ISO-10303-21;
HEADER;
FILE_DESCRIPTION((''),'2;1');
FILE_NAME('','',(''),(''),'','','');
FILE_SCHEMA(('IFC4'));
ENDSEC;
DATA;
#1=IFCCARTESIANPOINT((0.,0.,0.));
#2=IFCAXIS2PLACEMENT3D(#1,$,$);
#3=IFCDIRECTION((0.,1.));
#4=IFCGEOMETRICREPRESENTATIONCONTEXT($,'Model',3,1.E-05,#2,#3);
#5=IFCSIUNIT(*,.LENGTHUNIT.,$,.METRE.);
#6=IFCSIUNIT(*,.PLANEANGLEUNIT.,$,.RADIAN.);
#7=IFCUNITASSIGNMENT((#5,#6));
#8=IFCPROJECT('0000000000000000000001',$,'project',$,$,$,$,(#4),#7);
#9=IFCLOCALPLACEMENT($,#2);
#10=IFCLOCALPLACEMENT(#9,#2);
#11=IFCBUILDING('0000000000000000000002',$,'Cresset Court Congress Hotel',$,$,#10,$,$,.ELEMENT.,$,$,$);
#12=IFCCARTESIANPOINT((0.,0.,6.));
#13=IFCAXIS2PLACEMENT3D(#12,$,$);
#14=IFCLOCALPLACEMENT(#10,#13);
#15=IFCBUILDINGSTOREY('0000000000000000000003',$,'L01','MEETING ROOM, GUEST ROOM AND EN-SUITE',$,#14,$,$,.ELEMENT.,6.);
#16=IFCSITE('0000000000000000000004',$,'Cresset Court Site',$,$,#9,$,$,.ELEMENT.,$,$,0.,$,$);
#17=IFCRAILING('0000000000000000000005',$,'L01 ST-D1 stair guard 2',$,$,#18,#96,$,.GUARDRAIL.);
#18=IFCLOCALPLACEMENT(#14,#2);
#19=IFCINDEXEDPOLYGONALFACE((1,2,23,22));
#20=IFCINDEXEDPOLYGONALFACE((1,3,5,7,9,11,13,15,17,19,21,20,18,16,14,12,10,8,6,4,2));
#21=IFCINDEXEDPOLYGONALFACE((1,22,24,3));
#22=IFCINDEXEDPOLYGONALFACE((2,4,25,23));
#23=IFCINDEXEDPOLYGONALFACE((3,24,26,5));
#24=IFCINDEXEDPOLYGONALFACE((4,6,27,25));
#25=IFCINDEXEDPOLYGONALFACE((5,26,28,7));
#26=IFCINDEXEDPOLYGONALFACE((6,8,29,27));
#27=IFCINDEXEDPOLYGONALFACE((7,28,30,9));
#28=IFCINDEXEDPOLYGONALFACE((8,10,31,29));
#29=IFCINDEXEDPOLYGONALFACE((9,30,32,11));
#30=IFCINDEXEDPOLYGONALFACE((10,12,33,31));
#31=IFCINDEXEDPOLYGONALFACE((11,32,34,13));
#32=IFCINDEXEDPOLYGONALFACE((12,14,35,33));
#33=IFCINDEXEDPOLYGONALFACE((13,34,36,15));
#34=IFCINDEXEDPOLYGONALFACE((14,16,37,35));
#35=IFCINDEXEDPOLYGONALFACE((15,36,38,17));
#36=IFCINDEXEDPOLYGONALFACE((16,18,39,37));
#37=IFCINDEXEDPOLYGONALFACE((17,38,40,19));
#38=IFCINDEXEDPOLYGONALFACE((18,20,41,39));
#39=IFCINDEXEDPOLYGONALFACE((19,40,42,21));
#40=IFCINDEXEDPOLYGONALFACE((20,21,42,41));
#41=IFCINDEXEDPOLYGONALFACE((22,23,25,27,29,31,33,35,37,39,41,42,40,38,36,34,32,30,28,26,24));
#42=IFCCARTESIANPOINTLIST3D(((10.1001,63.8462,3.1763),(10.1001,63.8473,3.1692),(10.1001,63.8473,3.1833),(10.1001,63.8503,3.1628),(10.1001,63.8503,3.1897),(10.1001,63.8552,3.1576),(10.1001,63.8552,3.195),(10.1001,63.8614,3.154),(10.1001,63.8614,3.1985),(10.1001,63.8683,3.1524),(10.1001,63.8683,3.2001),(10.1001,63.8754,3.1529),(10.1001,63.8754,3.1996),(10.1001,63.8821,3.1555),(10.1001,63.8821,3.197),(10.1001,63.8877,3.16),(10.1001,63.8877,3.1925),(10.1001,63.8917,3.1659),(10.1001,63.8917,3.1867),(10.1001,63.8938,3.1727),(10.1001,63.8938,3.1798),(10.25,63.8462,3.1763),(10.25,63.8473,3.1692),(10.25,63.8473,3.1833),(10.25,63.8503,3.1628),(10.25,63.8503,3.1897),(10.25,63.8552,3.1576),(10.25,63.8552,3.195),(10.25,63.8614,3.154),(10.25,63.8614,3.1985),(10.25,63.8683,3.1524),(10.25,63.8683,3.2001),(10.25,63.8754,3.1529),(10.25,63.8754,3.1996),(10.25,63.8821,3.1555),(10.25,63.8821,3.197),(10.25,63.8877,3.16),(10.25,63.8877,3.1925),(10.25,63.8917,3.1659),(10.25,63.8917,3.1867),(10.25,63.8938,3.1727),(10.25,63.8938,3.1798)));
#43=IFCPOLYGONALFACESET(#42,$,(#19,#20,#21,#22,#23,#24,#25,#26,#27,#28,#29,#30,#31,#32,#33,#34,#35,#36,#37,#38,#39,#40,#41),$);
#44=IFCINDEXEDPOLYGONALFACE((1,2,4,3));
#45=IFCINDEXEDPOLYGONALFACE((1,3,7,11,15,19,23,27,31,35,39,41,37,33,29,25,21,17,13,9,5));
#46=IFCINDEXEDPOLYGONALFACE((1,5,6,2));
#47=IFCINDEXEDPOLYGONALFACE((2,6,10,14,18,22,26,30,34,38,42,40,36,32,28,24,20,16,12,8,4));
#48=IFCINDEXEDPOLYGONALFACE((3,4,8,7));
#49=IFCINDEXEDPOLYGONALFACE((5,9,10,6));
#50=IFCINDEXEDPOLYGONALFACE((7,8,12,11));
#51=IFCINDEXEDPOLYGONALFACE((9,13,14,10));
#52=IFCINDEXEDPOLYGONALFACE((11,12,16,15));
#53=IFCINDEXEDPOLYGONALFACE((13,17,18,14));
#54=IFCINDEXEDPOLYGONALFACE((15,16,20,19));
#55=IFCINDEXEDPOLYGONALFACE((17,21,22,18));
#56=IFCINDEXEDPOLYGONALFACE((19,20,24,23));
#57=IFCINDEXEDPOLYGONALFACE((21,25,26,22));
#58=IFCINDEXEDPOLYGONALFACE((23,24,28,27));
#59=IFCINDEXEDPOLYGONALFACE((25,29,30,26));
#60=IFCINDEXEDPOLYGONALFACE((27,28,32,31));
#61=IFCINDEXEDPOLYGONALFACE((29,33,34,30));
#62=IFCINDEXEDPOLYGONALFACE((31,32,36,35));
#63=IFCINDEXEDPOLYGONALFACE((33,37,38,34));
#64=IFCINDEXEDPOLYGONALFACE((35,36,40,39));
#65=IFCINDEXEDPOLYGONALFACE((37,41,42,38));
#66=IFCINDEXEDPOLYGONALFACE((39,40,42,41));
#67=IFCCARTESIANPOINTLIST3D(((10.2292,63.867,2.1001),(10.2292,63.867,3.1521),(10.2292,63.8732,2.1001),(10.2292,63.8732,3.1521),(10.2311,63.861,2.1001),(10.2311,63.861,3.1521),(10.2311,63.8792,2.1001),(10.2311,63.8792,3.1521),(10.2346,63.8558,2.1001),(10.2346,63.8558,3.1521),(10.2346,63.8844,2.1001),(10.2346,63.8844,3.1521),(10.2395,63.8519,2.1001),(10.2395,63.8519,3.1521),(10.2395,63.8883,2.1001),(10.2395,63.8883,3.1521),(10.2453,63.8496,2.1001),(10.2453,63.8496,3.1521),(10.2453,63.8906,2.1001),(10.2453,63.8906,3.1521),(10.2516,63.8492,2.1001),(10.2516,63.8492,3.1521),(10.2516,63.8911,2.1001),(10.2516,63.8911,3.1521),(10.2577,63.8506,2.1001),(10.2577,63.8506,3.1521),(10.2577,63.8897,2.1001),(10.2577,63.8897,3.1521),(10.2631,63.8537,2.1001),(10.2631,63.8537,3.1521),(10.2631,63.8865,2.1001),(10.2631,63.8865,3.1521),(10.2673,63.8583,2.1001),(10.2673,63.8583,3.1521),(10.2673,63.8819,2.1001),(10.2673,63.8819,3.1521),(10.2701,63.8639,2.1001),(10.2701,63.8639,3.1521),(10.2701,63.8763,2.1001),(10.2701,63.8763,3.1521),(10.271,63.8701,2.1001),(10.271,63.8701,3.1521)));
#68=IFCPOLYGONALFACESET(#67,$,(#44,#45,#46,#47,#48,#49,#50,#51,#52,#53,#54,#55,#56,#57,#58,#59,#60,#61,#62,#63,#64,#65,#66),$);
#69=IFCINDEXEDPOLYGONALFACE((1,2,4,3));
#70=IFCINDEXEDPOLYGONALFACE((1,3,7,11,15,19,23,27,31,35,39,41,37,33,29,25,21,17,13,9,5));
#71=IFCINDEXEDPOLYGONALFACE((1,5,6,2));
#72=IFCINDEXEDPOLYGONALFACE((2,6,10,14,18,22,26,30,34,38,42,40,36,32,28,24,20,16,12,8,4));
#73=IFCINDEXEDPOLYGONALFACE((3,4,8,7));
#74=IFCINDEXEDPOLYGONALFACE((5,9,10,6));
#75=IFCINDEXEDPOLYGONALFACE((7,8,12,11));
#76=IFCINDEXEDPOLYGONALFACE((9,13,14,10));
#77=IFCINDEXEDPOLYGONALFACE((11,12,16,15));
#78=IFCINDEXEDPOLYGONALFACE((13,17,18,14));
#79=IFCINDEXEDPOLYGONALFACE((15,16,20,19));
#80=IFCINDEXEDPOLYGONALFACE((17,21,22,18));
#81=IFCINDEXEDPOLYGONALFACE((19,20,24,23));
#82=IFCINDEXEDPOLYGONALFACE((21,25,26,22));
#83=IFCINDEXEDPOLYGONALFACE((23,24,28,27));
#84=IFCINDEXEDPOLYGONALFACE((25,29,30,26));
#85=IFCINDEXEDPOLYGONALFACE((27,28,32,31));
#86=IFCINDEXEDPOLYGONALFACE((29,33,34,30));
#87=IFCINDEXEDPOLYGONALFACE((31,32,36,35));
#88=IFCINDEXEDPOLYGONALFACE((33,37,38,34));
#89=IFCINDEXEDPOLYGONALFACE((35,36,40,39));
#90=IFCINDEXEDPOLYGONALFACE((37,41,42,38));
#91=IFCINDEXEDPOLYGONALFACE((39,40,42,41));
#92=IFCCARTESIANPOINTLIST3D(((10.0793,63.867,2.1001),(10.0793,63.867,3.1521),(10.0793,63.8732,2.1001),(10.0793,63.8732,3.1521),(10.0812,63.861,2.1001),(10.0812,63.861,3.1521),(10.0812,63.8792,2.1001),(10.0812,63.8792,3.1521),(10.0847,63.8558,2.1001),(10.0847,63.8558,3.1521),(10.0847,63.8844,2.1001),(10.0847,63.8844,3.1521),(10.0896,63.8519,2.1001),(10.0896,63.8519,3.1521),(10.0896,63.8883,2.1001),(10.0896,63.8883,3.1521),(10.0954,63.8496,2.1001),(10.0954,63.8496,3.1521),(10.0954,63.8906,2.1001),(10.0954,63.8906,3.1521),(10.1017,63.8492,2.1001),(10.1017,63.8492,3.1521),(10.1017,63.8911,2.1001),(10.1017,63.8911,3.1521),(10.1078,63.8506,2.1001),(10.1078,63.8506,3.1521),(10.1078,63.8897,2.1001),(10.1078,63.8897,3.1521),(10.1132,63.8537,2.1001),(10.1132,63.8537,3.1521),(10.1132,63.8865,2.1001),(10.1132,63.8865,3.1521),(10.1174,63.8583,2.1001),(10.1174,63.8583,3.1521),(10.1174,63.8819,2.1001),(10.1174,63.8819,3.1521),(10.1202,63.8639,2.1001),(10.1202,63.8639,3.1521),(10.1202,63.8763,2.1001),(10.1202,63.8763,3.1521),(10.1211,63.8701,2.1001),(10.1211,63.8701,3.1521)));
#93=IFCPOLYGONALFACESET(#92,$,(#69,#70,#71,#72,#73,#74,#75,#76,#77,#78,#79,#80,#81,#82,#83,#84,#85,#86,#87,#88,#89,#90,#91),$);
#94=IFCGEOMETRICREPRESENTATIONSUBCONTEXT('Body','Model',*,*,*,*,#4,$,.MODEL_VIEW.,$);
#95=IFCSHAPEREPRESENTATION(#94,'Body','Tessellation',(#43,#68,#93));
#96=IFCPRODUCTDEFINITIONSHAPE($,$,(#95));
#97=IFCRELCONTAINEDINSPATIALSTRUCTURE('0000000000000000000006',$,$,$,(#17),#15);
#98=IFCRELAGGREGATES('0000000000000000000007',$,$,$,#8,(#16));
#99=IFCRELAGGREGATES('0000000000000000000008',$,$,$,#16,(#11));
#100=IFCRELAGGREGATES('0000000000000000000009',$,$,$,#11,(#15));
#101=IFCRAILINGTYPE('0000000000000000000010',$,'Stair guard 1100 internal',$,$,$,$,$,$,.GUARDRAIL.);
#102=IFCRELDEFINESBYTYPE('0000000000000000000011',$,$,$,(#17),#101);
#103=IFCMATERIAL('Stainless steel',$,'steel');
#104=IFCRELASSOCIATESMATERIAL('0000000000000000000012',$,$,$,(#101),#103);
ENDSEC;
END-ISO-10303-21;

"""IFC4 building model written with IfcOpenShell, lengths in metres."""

from ifc_helpers import new_model, si_unit, direction, frame, origin, origin_2d, place, context, subcontext, project, spatial, circle, extrude, material, type_object, element, save


model = new_model("IFC4")

# Units and contexts
model_context = context("Model", 3, precision=1e-05, world=origin(), true_north=direction((0.0, 1.0)))
body_context = subcontext(model_context, "Body", "Model", "MODEL_VIEW")
ifc_project = project(units=[si_unit("LENGTHUNIT", "METRE"), si_unit("PLANEANGLEUNIT", "RADIAN")], contexts=[model_context])

# Site, building, storey
site_placement = place(None, origin())
site = spatial("IfcSite", under=ifc_project, at=site_placement, Name="Cresset Court Site", CompositionType="ELEMENT", RefElevation=0.0)
building_placement = place(site_placement, origin())
building = spatial("IfcBuilding", under=site, at=building_placement, Name="Cresset Court Congress Hotel", CompositionType="ELEMENT")
storey_placement = place(building_placement, frame((0.0, 0.0, 6.0)))
storey = spatial("IfcBuildingStorey", under=building, at=storey_placement, Name="L01", Description="MEETING ROOM, GUEST ROOM AND EN-SUITE", CompositionType="ELEMENT", Elevation=6.0)

# Railing
ifc_material_1 = material(Name="Stainless steel", Category="steel")
railing_type_1 = type_object("IfcRailingType", Name="Stair guard 1100 internal", PredefinedType="GUARDRAIL", material=ifc_material_1)
railing_1_placement = place(storey_placement, frame((10.25, 63.8701, 2.1001)))
element("IfcRailing", 1, at=railing_1_placement, inside=storey, type_object=railing_type_1, Name="L01 ST-D1 stair guard 2", PredefinedType="GUARDRAIL", context=body_context, shape_type="SweptSolid", body=[
    extrude(circle(Radius=0.0239, at=origin_2d()), frame((0.0, 0.0, 1.0762), z_axis=(-1.0, 0.0, 0.0), x_axis=(0.0, -1.0, 0.0)), (0.0, 0.0, 1.0), 0.1499),
    extrude(circle(Radius=0.021, at=origin_2d()), origin(), (0.0, 0.0, 1.0), 1.052),
    extrude(circle(Radius=0.021, at=origin_2d()), frame((-0.1499, 0.0, 0.0)), (0.0, 0.0, 1.0), 1.052),
])

save(model, "model.ifc")
